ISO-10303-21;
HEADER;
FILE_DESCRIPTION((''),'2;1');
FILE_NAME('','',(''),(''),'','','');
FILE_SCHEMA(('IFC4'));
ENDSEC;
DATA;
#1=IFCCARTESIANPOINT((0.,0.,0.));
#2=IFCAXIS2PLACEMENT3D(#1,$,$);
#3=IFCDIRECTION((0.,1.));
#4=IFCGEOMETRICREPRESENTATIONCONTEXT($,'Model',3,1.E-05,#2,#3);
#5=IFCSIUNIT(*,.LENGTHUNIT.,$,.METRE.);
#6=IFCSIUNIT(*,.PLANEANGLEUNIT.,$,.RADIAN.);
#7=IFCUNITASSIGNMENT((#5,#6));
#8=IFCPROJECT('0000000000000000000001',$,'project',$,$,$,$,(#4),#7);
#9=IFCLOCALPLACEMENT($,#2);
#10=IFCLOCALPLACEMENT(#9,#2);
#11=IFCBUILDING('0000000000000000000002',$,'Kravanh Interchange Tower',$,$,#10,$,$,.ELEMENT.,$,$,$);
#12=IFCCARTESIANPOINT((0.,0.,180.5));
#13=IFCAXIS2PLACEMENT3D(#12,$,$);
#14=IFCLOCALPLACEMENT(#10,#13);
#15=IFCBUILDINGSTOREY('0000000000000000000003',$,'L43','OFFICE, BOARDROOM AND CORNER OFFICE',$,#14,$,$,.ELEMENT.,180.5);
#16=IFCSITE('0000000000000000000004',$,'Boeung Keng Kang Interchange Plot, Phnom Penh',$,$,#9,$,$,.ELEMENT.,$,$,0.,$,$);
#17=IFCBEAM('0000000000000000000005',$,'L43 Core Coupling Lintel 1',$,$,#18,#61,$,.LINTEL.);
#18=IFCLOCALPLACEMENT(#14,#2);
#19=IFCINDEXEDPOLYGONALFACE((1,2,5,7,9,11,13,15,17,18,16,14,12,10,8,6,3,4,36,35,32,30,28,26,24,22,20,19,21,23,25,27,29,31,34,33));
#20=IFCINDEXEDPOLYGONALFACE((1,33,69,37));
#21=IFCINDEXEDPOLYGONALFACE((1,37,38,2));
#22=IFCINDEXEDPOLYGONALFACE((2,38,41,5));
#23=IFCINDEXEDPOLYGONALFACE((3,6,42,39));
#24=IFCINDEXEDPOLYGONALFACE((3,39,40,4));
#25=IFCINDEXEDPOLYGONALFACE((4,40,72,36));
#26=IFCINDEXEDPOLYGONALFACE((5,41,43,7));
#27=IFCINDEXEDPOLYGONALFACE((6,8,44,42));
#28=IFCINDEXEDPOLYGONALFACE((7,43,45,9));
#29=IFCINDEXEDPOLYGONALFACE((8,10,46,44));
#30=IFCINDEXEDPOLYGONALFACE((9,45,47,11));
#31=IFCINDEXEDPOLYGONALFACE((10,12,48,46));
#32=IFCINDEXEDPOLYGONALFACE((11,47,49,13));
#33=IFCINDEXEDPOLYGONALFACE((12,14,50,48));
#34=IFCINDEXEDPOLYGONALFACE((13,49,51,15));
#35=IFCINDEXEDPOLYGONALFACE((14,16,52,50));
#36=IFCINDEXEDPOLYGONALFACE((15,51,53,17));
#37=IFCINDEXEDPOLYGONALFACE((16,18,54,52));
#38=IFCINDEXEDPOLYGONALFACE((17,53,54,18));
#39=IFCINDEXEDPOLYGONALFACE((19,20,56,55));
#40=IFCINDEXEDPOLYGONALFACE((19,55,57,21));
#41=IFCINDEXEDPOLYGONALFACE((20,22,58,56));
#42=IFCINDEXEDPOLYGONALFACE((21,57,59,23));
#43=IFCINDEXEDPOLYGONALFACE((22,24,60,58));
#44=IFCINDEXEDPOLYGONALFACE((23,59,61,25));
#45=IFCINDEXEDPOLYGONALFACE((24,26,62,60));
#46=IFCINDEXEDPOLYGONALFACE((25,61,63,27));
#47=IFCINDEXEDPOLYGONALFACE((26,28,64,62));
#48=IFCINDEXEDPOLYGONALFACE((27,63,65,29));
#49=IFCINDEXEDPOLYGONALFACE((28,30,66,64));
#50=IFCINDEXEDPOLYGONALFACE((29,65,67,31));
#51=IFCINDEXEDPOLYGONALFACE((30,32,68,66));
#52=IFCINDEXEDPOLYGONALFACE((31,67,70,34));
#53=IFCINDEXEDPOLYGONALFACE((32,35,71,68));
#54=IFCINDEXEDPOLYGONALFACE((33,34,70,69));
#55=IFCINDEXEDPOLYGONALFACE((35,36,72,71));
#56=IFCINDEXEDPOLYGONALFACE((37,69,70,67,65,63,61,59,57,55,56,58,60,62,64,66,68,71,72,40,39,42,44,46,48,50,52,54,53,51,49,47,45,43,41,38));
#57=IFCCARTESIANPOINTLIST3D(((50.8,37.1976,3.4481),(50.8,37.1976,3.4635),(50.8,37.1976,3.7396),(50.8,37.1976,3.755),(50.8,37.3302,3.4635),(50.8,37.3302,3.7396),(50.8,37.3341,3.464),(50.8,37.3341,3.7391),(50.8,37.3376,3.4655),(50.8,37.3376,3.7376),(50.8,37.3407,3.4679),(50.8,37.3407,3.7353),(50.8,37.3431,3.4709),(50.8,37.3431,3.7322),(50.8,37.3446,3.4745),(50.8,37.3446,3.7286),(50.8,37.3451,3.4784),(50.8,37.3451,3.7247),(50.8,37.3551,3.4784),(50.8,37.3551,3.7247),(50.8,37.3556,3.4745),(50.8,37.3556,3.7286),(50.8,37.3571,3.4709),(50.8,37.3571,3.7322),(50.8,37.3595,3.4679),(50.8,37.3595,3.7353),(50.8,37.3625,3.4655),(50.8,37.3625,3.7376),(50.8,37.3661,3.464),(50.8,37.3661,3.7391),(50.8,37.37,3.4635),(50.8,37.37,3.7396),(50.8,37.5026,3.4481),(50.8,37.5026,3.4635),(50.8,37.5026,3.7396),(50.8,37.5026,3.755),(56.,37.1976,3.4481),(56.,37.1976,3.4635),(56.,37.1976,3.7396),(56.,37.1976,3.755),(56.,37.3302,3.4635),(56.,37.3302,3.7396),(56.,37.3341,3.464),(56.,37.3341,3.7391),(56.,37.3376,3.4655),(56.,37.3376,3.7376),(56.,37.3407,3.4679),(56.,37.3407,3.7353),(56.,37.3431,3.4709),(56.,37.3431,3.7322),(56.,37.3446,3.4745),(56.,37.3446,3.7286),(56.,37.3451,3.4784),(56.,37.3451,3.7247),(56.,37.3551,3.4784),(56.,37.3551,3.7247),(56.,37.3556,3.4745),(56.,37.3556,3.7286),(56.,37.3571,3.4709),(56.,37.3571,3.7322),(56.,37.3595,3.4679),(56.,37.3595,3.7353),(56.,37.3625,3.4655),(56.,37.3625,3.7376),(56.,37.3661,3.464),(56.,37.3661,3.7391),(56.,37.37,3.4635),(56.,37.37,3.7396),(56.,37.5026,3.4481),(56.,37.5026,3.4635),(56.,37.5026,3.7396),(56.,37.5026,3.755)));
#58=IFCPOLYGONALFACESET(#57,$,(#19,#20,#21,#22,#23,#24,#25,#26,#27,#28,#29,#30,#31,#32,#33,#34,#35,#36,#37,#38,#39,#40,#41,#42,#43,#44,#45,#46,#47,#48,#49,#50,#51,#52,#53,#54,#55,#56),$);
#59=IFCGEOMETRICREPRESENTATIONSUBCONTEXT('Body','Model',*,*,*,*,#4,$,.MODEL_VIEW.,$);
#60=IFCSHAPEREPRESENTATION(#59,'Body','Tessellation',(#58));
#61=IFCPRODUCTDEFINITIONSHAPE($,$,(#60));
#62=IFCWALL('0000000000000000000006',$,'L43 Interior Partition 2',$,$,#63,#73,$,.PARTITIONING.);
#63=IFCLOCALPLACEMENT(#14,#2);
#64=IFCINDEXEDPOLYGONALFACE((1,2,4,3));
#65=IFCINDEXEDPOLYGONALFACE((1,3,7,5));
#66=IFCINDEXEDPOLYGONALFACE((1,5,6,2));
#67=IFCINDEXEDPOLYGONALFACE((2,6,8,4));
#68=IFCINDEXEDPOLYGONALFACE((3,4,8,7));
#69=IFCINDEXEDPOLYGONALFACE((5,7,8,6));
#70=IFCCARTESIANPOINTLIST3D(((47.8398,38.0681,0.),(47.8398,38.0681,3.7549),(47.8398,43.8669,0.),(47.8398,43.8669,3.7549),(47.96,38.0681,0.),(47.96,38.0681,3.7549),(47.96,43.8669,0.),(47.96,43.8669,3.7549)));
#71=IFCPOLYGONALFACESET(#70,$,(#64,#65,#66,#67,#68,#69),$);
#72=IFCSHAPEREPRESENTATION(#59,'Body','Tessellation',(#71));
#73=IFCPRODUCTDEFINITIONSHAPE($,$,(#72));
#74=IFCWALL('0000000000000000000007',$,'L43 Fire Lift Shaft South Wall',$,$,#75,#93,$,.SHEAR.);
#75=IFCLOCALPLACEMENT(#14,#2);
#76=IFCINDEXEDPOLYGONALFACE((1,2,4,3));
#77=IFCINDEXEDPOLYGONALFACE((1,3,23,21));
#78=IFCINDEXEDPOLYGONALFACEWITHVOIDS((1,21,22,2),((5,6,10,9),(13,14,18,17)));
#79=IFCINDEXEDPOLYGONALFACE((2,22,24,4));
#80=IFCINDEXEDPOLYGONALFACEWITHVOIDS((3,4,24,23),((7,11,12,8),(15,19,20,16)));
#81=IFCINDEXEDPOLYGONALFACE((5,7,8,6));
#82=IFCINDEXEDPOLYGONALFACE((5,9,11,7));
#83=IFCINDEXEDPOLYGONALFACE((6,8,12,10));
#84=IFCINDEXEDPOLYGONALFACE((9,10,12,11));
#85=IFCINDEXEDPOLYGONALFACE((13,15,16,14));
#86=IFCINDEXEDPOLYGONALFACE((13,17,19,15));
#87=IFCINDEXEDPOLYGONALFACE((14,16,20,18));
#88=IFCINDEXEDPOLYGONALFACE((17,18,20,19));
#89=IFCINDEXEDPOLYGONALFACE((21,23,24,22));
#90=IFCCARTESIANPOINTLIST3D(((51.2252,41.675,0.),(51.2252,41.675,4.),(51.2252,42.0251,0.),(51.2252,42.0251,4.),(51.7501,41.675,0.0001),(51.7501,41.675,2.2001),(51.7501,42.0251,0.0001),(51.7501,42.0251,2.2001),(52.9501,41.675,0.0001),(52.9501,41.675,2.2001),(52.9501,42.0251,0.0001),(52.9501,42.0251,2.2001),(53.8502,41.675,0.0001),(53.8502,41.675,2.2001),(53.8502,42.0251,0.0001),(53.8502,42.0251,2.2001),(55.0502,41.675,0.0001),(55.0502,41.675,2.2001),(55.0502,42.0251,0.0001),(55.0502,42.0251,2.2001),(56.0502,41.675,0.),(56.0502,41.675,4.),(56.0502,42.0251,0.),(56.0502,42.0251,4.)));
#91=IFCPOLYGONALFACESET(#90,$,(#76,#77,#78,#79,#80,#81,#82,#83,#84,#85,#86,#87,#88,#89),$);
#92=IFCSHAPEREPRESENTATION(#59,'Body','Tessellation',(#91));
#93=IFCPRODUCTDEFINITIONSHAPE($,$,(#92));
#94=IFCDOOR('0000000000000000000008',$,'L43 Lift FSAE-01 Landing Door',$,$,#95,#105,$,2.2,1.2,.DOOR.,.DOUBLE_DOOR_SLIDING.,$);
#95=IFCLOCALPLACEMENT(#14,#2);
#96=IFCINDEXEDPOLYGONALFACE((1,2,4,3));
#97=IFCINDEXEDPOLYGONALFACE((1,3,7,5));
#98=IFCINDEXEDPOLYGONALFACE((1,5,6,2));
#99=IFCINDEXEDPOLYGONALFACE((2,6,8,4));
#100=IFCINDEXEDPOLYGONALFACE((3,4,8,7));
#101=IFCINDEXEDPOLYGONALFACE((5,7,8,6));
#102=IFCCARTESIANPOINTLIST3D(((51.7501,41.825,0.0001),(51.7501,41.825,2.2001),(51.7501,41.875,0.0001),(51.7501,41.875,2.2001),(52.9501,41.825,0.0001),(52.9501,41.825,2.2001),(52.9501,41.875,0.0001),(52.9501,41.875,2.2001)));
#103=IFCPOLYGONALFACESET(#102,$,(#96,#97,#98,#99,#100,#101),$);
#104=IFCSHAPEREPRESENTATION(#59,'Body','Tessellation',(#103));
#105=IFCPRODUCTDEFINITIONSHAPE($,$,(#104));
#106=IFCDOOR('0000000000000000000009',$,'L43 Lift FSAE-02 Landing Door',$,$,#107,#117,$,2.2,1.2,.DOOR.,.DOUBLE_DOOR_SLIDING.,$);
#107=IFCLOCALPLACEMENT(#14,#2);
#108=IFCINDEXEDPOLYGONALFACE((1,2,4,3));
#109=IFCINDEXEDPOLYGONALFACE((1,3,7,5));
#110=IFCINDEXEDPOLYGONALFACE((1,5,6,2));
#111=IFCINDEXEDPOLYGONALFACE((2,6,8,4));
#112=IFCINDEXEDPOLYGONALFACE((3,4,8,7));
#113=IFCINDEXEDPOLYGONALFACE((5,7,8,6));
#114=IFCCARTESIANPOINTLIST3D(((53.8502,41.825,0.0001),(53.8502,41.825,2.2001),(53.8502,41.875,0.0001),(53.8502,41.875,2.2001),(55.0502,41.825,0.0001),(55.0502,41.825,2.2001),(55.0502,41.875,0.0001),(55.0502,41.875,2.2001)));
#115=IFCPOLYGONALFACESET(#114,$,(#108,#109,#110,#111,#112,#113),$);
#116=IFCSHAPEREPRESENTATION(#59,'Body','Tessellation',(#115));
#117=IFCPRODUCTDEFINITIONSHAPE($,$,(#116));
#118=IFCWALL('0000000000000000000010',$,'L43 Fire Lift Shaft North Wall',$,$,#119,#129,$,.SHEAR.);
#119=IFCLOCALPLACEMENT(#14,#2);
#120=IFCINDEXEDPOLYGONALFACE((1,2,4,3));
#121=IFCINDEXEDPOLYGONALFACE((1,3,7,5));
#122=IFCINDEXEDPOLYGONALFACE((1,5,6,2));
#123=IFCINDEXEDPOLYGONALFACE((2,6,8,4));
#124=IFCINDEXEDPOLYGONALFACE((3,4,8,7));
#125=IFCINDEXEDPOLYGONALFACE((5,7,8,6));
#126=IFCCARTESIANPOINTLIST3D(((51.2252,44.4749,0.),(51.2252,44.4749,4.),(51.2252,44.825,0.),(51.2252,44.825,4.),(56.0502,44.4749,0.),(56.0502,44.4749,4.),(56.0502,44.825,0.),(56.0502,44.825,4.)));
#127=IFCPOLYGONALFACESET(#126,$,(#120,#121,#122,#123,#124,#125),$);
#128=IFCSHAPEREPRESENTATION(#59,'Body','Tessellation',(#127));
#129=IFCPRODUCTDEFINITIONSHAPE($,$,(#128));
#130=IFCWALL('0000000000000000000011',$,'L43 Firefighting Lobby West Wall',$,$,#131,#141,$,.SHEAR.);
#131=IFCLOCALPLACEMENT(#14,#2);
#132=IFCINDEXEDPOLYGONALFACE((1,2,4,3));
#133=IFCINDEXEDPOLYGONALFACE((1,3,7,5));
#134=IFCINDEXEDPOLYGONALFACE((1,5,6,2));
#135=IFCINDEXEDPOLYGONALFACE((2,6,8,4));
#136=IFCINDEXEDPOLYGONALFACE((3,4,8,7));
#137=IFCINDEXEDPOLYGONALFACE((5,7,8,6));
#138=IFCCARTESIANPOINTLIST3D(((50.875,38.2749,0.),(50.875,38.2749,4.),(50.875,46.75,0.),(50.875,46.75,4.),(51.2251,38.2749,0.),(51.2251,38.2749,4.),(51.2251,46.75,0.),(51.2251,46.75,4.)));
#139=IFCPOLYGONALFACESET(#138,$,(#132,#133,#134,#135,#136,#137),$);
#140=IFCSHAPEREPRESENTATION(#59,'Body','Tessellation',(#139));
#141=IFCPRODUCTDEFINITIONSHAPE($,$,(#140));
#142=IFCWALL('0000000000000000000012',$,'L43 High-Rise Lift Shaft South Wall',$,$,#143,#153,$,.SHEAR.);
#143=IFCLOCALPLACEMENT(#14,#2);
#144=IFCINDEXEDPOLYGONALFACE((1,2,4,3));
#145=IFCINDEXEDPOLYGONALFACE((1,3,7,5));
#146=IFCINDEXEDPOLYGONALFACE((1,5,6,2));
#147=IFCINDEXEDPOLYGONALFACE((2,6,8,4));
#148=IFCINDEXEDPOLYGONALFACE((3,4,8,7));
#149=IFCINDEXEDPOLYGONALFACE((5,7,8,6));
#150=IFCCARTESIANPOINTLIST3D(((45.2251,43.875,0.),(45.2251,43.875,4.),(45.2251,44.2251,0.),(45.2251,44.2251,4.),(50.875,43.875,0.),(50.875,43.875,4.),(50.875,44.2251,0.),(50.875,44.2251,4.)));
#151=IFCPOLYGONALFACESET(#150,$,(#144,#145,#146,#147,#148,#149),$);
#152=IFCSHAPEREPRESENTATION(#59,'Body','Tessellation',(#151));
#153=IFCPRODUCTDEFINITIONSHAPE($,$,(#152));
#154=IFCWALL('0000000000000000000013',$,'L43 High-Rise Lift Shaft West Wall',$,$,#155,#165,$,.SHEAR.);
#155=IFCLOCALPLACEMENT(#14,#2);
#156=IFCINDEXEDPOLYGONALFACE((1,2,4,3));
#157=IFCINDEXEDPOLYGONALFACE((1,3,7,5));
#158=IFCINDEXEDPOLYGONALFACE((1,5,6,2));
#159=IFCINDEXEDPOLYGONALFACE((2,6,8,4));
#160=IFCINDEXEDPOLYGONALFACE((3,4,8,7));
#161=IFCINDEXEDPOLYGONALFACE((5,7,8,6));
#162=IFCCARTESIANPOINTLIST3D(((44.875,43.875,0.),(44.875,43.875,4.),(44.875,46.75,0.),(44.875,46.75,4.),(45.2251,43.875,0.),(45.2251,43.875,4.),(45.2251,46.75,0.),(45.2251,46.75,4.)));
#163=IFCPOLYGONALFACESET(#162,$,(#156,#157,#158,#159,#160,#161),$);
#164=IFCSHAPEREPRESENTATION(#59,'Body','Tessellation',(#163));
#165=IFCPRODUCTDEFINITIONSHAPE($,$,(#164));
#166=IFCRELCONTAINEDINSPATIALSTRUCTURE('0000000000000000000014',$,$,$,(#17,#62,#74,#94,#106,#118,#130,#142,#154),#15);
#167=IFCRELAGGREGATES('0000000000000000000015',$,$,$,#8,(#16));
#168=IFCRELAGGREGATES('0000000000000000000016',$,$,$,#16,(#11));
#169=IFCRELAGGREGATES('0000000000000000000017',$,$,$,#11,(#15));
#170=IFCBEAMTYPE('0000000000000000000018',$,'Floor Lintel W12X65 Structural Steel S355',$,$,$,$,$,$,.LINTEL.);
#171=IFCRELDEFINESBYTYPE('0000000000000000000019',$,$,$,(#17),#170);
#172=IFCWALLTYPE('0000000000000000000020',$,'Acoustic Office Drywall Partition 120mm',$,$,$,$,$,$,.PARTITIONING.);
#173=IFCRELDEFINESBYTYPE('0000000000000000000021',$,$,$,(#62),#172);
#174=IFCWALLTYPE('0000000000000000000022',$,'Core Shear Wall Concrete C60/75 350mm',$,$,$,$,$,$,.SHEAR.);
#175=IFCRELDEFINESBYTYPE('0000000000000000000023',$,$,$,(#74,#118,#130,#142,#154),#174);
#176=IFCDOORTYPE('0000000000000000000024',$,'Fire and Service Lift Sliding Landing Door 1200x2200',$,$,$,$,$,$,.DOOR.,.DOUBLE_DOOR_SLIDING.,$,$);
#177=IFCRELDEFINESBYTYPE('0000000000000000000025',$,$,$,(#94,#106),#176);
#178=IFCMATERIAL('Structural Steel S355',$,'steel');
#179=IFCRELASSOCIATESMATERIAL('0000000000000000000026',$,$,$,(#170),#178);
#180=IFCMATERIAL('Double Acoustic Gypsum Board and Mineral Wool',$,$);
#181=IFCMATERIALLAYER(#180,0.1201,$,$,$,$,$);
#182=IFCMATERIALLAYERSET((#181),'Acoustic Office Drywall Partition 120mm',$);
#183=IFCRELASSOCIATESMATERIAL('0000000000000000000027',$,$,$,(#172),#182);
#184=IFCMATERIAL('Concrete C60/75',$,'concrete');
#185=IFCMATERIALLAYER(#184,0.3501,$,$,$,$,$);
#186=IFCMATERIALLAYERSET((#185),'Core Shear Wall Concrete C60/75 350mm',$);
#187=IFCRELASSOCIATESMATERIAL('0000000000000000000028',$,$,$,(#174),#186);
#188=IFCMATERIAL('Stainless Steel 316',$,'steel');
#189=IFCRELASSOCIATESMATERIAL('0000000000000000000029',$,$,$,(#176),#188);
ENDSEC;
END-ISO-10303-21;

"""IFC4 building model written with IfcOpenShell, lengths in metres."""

from ifc_helpers import new_model, si_unit, direction, frame, frame_2d, origin, origin_2d, place, context, subcontext, project, spatial, rectangle, i_section, extrude, material, layer, layer_set, material_profile, profile_set, type_object, element, fill, save


model = new_model("IFC4")

# Units and contexts
model_context = context("Model", 3, precision=1e-05, world=origin(), true_north=direction((0.0, 1.0)))
body_context = subcontext(model_context, "Body", "Model", "MODEL_VIEW")
ifc_project = project(units=[si_unit("LENGTHUNIT", "METRE"), si_unit("PLANEANGLEUNIT", "RADIAN")], contexts=[model_context])

# Site, building, storey
site_placement = place(None, origin())
site = spatial("IfcSite", under=ifc_project, at=site_placement, Name="Boeung Keng Kang Interchange Plot, Phnom Penh", CompositionType="ELEMENT", RefElevation=0.0)
building_placement = place(site_placement, origin())
building = spatial("IfcBuilding", under=site, at=building_placement, Name="Kravanh Interchange Tower", CompositionType="ELEMENT")
storey_placement = place(building_placement, frame((0.0, 0.0, 180.5)))
storey = spatial("IfcBuildingStorey", under=building, at=storey_placement, Name="L43", Description="OFFICE, BOARDROOM AND CORNER OFFICE", CompositionType="ELEMENT", Elevation=180.5)

# Beam
ifc_material_1 = material(Name="Structural Steel S355", Category="steel")
ifc_material_profile_1 = material_profile(ifc_material_1, i_section(OverallWidth=0.3049, OverallDepth=0.3069, WebThickness=0.01, FlangeThickness=0.0154, FilletRadius=0.0149, at=origin_2d()), Name="W12X65")
ifc_profile_set_1 = profile_set([ifc_material_profile_1], Name="Structural Steel S355")
beam_type_1 = type_object("IfcBeamType", Name="Floor Lintel W12X65 Structural Steel S355", PredefinedType="LINTEL", material=ifc_profile_set_1)
beam_1_placement = place(storey_placement, frame((50.8, 37.3501, 3.6016), z_axis=(1.0, 0.0, 0.0), x_axis=(0.0, 1.0, 0.0)))
element("IfcBeam", 1, at=beam_1_placement, inside=storey, type_object=beam_type_1, Name="L43 Core Coupling Lintel 1", PredefinedType="LINTEL", context=body_context, shape_type="SweptSolid", body=[
    extrude(i_section(OverallWidth=0.3049, OverallDepth=0.3069, WebThickness=0.01, FlangeThickness=0.0154, FilletRadius=0.0149, at=origin_2d()), origin(), (0.0, 0.0, 1.0), 5.2),
])

# Wall
ifc_material_2 = material(Name="Double Acoustic Gypsum Board and Mineral Wool")
ifc_layer_1 = layer(ifc_material_2, 0.1201)
ifc_layer_set_1 = layer_set([ifc_layer_1], Name="Acoustic Office Drywall Partition 120mm")
wall_type_1 = type_object("IfcWallType", Name="Acoustic Office Drywall Partition 120mm", PredefinedType="PARTITIONING", material=ifc_layer_set_1)
wall_1_placement = place(storey_placement, frame((47.8999, 38.0681, 0.0), z_axis=(0.0, 0.0, 1.0), x_axis=(0.0, 1.0, 0.0)))
element("IfcWall", 2, at=wall_1_placement, inside=storey, type_object=wall_type_1, Name="L43 Interior Partition 2", PredefinedType="PARTITIONING", context=body_context, shape_type="SweptSolid", body=[
    extrude(rectangle(XDim=5.7988, YDim=0.1201, at=frame_2d((2.8994, 0.0))), origin(), (0.0, 0.0, 1.0), 3.7549),
])

# Wall, openings, doors
ifc_material_3 = material(Name="Concrete C60/75", Category="concrete")
ifc_layer_2 = layer(ifc_material_3, 0.3501)
ifc_layer_set_2 = layer_set([ifc_layer_2], Name="Core Shear Wall Concrete C60/75 350mm")
wall_type_2 = type_object("IfcWallType", Name="Core Shear Wall Concrete C60/75 350mm", PredefinedType="SHEAR", material=ifc_layer_set_2)
wall_2_placement = place(storey_placement, frame((51.2251, 41.8501, 0.0), z_axis=(0.0, 0.0, 1.0), x_axis=(1.0, 0.0, 0.0)))
wall_2 = element("IfcWall", 3, at=wall_2_placement, inside=storey, type_object=wall_type_2, Name="L43 Fire Lift Shaft South Wall", PredefinedType="SHEAR", context=body_context, shape_type="SweptSolid", body=[
    extrude(rectangle(XDim=4.825, YDim=0.3501, at=frame_2d((2.4126, 0.0))), origin(), (0.0, 0.0, 1.0), 4.0),
])
opening_1_placement = place(wall_2_placement, frame((0.5249, 0.0, 0.0)))
opening_1 = element("IfcOpeningElement", 4, at=opening_1_placement, cuts=wall_2, PredefinedType="OPENING", context=body_context, shape_type="SweptSolid", body=[
    extrude(rectangle(XDim=1.2, YDim=2.2, at=frame_2d((0.6001, 1.1001))), frame((0.0, 0.1851, 0.0), z_axis=(0.0, -1.0, 0.0), x_axis=(1.0, 0.0, 0.0)), (0.0, 0.0, 1.0), 0.3701),
])
opening_2_placement = place(wall_2_placement, frame((2.625, 0.0, 0.0)))
opening_2 = element("IfcOpeningElement", 5, at=opening_2_placement, cuts=wall_2, PredefinedType="OPENING", context=body_context, shape_type="SweptSolid", body=[
    extrude(rectangle(XDim=1.2, YDim=2.2, at=frame_2d((0.6001, 1.1001))), frame((0.0, 0.1851, 0.0), z_axis=(0.0, -1.0, 0.0), x_axis=(1.0, 0.0, 0.0)), (0.0, 0.0, 1.0), 0.3701),
])
ifc_material_4 = material(Name="Stainless Steel 316", Category="steel")
door_type_1 = type_object("IfcDoorType", Name="Fire and Service Lift Sliding Landing Door 1200x2200", OperationType="DOUBLE_DOOR_SLIDING", PredefinedType="DOOR", material=ifc_material_4)
door_1_placement = place(opening_1_placement, origin())
door_1 = element("IfcDoor", 6, at=door_1_placement, inside=storey, type_object=door_type_1, Name="L43 Lift FSAE-01 Landing Door", OperationType="DOUBLE_DOOR_SLIDING", OverallHeight=2.2, OverallWidth=1.2, PredefinedType="DOOR", context=body_context, shape_type="SweptSolid", body=[
    extrude(rectangle(XDim=1.2, YDim=2.2, at=frame_2d((0.6001, 1.1001))), frame((0.0, 0.0249, 0.0), z_axis=(0.0, -1.0, 0.0), x_axis=(1.0, 0.0, 0.0)), (0.0, 0.0, 1.0), 0.05),
])
fill(opening_1, door_1)
door_2_placement = place(opening_2_placement, origin())
door_2 = element("IfcDoor", 7, at=door_2_placement, inside=storey, type_object=door_type_1, Name="L43 Lift FSAE-02 Landing Door", OperationType="DOUBLE_DOOR_SLIDING", OverallHeight=2.2, OverallWidth=1.2, PredefinedType="DOOR", context=body_context, shape_type="SweptSolid", body=[
    extrude(rectangle(XDim=1.2, YDim=2.2, at=frame_2d((0.6001, 1.1001))), frame((0.0, 0.0249, 0.0), z_axis=(0.0, -1.0, 0.0), x_axis=(1.0, 0.0, 0.0)), (0.0, 0.0, 1.0), 0.05),
])
fill(opening_2, door_2)

# Walls
wall_3_placement = place(storey_placement, frame((51.2251, 44.6499, 0.0), z_axis=(0.0, 0.0, 1.0), x_axis=(1.0, 0.0, 0.0)))
element("IfcWall", 8, at=wall_3_placement, inside=storey, type_object=wall_type_2, Name="L43 Fire Lift Shaft North Wall", PredefinedType="SHEAR", context=body_context, shape_type="SweptSolid", body=[
    extrude(rectangle(XDim=4.825, YDim=0.3501, at=frame_2d((2.4126, 0.0))), origin(), (0.0, 0.0, 1.0), 4.0),
])
wall_4_placement = place(storey_placement, frame((51.05, 38.2749, 0.0), z_axis=(0.0, 0.0, 1.0), x_axis=(0.0, 1.0, 0.0)))
element("IfcWall", 9, at=wall_4_placement, inside=storey, type_object=wall_type_2, Name="L43 Firefighting Lobby West Wall", PredefinedType="SHEAR", context=body_context, shape_type="SweptSolid", body=[
    extrude(rectangle(XDim=8.4751, YDim=0.3501, at=frame_2d((4.2375, 0.0))), origin(), (0.0, 0.0, 1.0), 4.0),
])
wall_5_placement = place(storey_placement, frame((45.2251, 44.05, 0.0), z_axis=(0.0, 0.0, 1.0), x_axis=(1.0, 0.0, 0.0)))
element("IfcWall", 10, at=wall_5_placement, inside=storey, type_object=wall_type_2, Name="L43 High-Rise Lift Shaft South Wall", PredefinedType="SHEAR", context=body_context, shape_type="SweptSolid", body=[
    extrude(rectangle(XDim=5.6499, YDim=0.3501, at=frame_2d((2.825, 0.0))), origin(), (0.0, 0.0, 1.0), 4.0),
])
wall_6_placement = place(storey_placement, frame((45.05, 43.875, 0.0), z_axis=(0.0, 0.0, 1.0), x_axis=(0.0, 1.0, 0.0)))
element("IfcWall", 11, at=wall_6_placement, inside=storey, type_object=wall_type_2, Name="L43 High-Rise Lift Shaft West Wall", PredefinedType="SHEAR", context=body_context, shape_type="SweptSolid", body=[
    extrude(rectangle(XDim=2.875, YDim=0.3501, at=frame_2d((1.4375, 0.0))), origin(), (0.0, 0.0, 1.0), 4.0),
])

save(model, "model.ifc")
